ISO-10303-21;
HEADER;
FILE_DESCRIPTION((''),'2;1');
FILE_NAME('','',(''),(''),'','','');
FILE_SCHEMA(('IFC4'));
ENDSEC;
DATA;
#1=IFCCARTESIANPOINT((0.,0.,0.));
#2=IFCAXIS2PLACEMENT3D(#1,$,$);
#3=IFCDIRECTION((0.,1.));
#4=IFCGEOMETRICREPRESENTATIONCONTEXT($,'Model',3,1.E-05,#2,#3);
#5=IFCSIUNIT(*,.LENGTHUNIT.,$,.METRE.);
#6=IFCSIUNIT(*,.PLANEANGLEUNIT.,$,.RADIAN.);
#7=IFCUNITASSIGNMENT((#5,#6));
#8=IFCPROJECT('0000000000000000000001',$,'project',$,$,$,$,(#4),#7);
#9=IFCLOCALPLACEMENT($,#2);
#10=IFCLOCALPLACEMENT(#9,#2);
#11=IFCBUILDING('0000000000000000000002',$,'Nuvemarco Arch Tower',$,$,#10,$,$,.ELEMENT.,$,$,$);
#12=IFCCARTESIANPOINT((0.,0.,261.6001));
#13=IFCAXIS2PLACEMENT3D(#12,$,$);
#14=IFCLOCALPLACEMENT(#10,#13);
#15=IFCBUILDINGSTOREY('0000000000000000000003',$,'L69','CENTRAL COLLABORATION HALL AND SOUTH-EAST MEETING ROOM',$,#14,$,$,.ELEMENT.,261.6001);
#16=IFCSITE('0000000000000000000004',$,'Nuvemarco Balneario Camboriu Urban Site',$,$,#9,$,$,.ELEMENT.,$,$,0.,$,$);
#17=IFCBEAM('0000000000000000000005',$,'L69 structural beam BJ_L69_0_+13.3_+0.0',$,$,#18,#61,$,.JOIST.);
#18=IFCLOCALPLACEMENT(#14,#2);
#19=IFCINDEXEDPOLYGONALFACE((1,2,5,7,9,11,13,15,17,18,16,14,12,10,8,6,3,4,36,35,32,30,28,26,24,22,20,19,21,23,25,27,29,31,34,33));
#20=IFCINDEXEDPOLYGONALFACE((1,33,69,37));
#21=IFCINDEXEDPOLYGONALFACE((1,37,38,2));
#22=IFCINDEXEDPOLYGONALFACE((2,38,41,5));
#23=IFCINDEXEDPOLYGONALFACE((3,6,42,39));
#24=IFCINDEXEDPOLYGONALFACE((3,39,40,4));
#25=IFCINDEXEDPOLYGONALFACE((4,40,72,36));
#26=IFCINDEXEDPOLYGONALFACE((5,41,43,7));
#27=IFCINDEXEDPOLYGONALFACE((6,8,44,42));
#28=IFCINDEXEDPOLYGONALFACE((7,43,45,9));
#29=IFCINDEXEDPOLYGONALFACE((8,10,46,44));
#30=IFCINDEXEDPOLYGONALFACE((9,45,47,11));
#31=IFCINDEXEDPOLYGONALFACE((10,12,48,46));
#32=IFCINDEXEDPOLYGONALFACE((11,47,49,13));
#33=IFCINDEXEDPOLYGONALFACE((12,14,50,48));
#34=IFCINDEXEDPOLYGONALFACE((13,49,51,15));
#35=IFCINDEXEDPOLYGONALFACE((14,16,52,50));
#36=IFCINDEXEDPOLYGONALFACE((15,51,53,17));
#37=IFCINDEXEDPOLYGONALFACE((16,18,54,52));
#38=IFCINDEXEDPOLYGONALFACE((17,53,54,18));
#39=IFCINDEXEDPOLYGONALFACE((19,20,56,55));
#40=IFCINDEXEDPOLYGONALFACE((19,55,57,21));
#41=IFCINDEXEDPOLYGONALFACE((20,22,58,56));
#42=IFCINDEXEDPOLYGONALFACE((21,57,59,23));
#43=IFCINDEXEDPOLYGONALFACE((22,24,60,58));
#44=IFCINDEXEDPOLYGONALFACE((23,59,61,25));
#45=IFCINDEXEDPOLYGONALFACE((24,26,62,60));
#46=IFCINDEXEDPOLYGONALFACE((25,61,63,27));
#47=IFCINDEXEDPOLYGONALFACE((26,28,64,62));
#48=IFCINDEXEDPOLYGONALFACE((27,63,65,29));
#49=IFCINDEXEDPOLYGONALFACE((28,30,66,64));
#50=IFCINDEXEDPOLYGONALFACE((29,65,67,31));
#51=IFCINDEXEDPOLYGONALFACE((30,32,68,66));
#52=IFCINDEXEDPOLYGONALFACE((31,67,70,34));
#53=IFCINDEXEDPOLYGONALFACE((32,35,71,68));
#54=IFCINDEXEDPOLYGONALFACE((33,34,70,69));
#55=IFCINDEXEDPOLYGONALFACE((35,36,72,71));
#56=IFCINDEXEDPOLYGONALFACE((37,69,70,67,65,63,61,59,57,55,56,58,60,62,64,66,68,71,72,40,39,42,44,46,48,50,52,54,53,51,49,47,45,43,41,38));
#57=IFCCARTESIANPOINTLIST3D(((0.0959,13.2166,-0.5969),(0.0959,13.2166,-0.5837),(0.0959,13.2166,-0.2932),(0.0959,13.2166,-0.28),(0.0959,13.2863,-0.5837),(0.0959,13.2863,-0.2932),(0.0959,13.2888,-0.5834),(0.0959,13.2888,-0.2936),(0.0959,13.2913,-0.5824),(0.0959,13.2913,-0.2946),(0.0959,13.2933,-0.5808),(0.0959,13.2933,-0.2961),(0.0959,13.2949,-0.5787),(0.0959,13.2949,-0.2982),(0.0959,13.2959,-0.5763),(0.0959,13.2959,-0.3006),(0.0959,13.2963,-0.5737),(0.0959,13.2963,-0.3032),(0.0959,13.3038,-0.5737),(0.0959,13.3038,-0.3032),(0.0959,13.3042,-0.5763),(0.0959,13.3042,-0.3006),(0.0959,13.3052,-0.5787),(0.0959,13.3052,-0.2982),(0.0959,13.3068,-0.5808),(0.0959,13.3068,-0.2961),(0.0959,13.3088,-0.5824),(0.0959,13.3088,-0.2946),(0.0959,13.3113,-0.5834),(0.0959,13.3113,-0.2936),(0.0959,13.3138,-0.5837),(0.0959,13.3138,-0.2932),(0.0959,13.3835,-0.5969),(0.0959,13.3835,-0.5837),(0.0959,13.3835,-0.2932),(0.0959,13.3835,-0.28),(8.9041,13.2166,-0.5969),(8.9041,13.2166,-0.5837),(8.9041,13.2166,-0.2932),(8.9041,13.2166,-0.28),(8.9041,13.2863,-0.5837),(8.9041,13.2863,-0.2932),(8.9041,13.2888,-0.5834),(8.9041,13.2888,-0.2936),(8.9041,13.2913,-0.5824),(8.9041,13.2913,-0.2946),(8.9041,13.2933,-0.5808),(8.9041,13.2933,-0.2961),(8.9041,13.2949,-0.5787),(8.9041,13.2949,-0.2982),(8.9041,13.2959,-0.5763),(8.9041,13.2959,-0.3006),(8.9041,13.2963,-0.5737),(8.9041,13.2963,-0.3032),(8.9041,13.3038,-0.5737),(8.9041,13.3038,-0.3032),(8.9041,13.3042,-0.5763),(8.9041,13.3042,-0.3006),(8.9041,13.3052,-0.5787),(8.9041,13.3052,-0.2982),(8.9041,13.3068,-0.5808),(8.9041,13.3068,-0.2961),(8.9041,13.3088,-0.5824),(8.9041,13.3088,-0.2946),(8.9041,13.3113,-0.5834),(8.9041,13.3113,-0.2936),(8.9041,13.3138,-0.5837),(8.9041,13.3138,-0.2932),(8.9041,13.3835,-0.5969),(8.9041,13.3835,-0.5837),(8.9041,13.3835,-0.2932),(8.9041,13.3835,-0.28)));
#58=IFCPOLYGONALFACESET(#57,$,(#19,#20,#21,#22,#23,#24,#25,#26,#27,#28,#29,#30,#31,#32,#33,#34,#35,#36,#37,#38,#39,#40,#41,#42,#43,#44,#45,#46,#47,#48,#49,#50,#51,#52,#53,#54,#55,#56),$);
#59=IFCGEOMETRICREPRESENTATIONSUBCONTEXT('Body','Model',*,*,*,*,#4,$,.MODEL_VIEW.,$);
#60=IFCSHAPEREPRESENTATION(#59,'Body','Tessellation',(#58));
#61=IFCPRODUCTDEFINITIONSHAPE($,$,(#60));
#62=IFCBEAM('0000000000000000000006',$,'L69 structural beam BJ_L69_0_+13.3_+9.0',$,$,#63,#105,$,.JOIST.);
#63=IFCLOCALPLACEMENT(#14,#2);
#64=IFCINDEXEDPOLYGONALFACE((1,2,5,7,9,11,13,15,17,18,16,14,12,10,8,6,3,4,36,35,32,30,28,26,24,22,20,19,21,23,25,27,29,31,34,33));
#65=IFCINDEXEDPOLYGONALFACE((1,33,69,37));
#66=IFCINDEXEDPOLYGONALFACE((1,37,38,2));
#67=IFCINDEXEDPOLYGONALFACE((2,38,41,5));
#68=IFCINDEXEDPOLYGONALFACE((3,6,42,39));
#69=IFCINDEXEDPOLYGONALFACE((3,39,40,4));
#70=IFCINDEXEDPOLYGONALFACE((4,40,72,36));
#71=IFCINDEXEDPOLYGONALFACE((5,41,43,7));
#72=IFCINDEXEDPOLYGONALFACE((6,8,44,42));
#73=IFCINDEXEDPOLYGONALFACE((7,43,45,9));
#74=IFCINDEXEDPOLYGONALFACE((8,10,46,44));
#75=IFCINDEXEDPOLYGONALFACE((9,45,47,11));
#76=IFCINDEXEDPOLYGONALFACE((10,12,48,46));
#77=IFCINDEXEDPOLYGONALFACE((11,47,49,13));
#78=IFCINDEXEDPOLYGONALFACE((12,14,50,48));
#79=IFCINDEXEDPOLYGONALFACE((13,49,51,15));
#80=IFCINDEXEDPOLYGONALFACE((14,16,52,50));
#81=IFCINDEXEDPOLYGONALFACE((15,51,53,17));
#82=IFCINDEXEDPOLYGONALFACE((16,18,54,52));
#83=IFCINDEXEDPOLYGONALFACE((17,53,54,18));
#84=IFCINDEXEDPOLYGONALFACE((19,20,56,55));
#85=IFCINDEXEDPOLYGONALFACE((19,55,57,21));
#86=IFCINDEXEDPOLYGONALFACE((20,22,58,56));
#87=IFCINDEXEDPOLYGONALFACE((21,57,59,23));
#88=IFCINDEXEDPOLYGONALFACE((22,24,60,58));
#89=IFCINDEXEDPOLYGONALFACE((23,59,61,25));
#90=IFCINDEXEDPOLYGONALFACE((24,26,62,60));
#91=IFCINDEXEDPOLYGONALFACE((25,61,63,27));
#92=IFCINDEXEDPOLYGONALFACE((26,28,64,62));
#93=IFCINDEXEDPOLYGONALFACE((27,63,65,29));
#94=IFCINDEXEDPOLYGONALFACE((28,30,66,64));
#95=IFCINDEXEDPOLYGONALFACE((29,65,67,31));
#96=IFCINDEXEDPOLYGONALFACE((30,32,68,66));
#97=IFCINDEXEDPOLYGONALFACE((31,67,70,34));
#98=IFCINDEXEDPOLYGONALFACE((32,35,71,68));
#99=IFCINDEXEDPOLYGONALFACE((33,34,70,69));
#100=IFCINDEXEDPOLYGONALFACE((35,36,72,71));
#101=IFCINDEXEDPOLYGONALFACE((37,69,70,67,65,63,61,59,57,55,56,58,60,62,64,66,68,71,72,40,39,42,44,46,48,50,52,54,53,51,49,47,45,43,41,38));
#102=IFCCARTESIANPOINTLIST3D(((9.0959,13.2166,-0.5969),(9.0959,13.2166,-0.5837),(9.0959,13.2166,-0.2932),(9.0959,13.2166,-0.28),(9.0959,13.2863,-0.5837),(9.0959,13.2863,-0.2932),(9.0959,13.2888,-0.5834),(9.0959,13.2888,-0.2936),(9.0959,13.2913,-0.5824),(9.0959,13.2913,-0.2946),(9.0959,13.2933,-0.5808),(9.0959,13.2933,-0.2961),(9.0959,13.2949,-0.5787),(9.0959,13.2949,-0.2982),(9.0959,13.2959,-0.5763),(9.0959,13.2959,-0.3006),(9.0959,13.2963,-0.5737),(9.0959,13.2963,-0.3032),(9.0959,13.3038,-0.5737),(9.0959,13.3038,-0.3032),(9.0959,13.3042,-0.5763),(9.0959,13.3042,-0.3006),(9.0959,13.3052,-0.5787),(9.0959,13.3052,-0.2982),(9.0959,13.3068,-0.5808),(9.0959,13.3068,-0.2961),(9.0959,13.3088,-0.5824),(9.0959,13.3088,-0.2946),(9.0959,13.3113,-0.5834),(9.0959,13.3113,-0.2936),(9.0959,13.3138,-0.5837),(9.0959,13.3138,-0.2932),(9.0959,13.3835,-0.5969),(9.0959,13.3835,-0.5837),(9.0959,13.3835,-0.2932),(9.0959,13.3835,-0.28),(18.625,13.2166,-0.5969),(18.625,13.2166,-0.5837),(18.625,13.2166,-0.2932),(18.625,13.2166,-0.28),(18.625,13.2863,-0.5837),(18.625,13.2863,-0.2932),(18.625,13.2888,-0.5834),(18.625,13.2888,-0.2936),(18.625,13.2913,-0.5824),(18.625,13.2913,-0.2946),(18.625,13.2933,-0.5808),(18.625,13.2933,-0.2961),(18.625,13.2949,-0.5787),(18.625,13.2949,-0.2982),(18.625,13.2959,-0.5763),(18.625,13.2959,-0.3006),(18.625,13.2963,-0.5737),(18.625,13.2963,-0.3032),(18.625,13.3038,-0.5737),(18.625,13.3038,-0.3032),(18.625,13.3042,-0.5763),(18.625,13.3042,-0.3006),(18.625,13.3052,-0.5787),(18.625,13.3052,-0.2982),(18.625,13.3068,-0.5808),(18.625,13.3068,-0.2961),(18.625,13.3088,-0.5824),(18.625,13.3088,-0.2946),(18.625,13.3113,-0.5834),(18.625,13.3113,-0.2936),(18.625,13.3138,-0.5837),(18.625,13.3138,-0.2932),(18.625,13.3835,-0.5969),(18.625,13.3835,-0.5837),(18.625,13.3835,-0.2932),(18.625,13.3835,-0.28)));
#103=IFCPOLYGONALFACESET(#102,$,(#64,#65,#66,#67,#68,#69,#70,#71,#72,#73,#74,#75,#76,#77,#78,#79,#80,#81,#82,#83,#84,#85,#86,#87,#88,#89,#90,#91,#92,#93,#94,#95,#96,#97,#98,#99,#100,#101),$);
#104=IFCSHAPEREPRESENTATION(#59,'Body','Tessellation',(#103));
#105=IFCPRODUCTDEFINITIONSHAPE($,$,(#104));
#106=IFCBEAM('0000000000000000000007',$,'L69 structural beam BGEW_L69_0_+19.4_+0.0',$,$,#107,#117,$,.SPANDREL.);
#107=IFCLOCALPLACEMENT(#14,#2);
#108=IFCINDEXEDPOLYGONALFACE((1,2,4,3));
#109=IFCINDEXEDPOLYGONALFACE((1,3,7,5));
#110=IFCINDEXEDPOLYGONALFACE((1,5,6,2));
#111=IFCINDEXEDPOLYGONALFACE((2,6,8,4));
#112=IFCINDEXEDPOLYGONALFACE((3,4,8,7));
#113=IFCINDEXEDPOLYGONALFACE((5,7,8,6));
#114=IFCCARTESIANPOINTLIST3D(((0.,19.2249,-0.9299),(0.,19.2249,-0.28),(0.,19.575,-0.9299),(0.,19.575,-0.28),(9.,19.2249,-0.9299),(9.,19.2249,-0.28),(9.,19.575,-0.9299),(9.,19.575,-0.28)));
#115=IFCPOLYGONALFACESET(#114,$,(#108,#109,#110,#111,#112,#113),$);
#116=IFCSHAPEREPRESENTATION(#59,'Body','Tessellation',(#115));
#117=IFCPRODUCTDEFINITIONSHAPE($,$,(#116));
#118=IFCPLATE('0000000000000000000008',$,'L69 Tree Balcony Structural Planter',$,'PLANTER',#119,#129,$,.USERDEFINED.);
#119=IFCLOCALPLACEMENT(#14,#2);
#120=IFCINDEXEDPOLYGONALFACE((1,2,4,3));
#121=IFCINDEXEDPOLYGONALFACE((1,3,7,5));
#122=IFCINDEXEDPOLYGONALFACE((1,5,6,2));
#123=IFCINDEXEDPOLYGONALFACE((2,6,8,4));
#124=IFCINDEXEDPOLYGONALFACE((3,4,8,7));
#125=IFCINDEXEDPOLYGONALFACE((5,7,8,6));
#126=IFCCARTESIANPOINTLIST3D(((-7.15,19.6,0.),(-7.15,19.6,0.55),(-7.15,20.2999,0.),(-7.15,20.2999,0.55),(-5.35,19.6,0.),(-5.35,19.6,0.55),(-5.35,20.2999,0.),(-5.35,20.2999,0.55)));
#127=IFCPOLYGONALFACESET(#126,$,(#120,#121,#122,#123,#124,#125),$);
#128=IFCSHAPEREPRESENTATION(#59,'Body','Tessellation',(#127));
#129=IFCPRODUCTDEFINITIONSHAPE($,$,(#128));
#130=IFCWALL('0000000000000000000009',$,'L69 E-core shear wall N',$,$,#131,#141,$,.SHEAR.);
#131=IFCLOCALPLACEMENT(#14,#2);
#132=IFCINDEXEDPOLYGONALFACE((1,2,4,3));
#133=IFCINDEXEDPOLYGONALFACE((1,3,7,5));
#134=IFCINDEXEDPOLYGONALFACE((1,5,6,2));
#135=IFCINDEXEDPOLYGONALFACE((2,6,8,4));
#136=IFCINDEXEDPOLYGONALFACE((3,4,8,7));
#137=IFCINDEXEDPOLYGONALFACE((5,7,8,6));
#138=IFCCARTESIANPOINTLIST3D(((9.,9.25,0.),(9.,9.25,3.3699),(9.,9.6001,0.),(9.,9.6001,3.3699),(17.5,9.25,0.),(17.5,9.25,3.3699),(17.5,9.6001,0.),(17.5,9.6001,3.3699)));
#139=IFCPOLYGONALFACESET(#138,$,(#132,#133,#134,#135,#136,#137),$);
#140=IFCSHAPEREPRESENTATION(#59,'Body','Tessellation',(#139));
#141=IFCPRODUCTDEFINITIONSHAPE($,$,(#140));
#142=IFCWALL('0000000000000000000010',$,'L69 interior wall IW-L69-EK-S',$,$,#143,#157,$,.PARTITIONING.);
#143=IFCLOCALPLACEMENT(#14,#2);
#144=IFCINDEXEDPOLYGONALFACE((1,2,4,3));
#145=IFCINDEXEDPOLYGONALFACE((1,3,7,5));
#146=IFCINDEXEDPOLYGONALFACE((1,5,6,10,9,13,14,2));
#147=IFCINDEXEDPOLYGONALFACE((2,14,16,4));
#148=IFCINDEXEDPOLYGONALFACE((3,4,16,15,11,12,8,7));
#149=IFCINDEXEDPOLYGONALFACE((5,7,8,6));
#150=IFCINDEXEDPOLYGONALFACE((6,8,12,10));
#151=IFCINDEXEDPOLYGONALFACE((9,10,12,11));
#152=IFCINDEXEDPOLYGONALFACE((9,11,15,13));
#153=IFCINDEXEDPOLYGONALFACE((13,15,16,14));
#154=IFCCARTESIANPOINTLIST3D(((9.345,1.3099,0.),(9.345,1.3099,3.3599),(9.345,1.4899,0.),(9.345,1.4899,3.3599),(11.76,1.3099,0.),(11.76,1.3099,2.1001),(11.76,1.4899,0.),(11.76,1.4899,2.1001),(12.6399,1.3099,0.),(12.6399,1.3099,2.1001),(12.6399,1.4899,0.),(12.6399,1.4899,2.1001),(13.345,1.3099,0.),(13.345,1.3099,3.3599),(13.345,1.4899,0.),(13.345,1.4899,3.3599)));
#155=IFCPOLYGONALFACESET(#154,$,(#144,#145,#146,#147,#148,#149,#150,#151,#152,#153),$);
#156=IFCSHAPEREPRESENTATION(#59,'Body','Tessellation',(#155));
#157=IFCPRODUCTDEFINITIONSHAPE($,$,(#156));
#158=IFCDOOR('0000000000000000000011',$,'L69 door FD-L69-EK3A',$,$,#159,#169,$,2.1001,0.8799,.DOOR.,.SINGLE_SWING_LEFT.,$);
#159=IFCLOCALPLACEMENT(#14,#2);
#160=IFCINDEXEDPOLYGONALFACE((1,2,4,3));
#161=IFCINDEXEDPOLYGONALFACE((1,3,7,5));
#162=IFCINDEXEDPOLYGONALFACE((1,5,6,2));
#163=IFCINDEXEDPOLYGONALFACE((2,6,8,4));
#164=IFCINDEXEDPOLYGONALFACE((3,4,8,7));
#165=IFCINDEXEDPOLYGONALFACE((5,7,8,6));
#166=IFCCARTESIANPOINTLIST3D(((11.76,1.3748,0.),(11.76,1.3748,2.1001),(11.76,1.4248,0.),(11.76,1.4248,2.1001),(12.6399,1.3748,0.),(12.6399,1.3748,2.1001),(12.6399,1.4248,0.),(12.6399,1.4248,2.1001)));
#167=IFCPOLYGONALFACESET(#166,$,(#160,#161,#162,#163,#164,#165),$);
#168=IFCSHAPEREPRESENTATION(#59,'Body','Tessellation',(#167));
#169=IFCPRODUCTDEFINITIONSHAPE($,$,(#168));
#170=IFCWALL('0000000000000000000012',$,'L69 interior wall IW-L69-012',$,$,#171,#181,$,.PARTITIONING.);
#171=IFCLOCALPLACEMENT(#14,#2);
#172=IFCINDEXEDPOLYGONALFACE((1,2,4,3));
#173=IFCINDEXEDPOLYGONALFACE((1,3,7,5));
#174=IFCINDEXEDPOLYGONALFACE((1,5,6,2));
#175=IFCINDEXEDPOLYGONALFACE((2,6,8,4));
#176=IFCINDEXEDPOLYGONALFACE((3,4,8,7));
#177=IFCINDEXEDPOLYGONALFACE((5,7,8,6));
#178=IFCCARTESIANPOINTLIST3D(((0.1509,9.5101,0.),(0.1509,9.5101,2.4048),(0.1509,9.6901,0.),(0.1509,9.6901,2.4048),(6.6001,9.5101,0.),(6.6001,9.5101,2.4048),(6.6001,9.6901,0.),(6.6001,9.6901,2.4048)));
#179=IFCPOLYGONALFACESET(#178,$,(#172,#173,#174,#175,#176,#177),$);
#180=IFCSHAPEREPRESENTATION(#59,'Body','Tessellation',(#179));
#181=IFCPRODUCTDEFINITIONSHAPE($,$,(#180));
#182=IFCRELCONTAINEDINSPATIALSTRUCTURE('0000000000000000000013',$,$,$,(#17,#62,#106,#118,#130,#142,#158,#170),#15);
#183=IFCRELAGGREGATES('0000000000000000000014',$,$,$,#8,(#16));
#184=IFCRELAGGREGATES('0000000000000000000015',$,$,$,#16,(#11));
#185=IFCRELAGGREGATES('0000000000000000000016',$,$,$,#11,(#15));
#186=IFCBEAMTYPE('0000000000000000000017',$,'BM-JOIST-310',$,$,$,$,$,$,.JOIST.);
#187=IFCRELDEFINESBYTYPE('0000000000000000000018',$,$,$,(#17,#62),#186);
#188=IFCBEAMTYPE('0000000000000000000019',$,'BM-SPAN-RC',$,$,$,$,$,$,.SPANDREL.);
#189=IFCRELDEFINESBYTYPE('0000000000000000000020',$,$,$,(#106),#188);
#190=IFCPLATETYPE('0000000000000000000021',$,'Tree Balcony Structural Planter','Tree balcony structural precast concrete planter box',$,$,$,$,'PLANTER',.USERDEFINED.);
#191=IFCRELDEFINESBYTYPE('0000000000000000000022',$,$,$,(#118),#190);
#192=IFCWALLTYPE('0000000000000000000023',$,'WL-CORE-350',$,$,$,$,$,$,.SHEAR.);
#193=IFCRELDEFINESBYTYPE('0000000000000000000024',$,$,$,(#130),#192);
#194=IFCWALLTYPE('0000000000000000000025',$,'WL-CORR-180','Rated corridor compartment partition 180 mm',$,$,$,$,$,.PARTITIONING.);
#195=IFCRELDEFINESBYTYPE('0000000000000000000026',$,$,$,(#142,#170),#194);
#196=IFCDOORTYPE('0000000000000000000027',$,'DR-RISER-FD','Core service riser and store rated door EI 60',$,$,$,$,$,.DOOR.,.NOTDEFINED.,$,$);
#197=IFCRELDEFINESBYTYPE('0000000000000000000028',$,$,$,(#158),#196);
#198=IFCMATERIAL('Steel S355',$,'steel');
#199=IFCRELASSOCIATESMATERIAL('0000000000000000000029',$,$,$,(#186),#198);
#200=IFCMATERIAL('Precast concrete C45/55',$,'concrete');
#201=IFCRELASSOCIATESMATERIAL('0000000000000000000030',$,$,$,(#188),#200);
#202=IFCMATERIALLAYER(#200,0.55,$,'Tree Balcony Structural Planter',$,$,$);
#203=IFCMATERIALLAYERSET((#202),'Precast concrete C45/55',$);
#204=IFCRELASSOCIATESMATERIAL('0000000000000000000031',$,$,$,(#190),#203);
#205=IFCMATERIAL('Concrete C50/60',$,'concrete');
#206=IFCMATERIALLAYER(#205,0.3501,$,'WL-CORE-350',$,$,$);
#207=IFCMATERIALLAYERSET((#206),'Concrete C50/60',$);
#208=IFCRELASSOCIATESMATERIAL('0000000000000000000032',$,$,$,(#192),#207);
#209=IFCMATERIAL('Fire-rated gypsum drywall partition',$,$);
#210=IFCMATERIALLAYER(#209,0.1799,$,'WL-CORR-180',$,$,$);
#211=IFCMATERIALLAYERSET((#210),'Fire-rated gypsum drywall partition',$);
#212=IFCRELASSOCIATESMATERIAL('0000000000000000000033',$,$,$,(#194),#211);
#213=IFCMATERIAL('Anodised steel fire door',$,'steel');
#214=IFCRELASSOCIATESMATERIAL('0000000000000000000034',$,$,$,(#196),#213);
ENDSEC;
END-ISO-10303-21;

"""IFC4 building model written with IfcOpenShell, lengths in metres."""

from ifc_helpers import new_model, si_unit, direction, frame, frame_2d, origin, origin_2d, place, context, subcontext, project, spatial, rectangle, i_section, extrude, source, transform, mapped, material, layer, layer_set, material_profile, profile_set, type_object, type_shapes, element, fill, save


model = new_model("IFC4")

# Units and contexts
model_context = context("Model", 3, precision=1e-05, world=origin(), true_north=direction((0.0, 1.0)))
body_context = subcontext(model_context, "Body", "Model", "MODEL_VIEW")
ifc_project = project(units=[si_unit("LENGTHUNIT", "METRE"), si_unit("PLANEANGLEUNIT", "RADIAN")], contexts=[model_context])

# Site, building, storey
site_placement = place(None, origin())
site = spatial("IfcSite", under=ifc_project, at=site_placement, Name="Nuvemarco Balneario Camboriu Urban Site", CompositionType="ELEMENT", RefElevation=0.0)
building_placement = place(site_placement, origin())
building = spatial("IfcBuilding", under=site, at=building_placement, Name="Nuvemarco Arch Tower", CompositionType="ELEMENT")
storey_placement = place(building_placement, frame((0.0, 0.0, 261.6001)))
storey = spatial("IfcBuildingStorey", under=building, at=storey_placement, Name="L69", Description="CENTRAL COLLABORATION HALL AND SOUTH-EAST MEETING ROOM", CompositionType="ELEMENT", Elevation=261.6001)

# Shared definitions
ifc_material_1 = material(Name="Concrete C50/60", Category="concrete")
ifc_material_2 = material(Name="Steel S355", Category="steel")

# Beams
ifc_material_profile_1 = material_profile(ifc_material_2, i_section(OverallWidth=0.167, OverallDepth=0.3169, WebThickness=0.0076, FlangeThickness=0.0132, FilletRadius=0.01, at=origin_2d()), Name="W310x52")
ifc_profile_set_1 = profile_set([ifc_material_profile_1], Name="Steel S355")
beam_type_1 = type_object("IfcBeamType", Name="BM-JOIST-310", PredefinedType="JOIST", material=ifc_profile_set_1)
beam_1_placement = place(storey_placement, frame((0.0959, 13.3, -0.4385), z_axis=(1.0, 0.0, 0.0), x_axis=(0.0, 1.0, 0.0)))
element("IfcBeam", 1, at=beam_1_placement, inside=storey, type_object=beam_type_1, Name="L69 structural beam BJ_L69_0_+13.3_+0.0", PredefinedType="JOIST", context=body_context, shape_type="SweptSolid", body=[
    extrude(i_section(OverallWidth=0.167, OverallDepth=0.3169, WebThickness=0.0076, FlangeThickness=0.0132, FilletRadius=0.01, at=origin_2d()), origin(), (0.0, 0.0, 1.0), 8.8081),
])
beam_2_placement = place(storey_placement, frame((9.0959, 13.3, -0.4385), z_axis=(1.0, 0.0, 0.0), x_axis=(0.0, 1.0, 0.0)))
element("IfcBeam", 2, at=beam_2_placement, inside=storey, type_object=beam_type_1, Name="L69 structural beam BJ_L69_0_+13.3_+9.0", PredefinedType="JOIST", context=body_context, shape_type="SweptSolid", body=[
    extrude(i_section(OverallWidth=0.167, OverallDepth=0.3169, WebThickness=0.0076, FlangeThickness=0.0132, FilletRadius=0.01, at=origin_2d()), origin(), (0.0, 0.0, 1.0), 9.5291),
])
ifc_material_3 = material(Name="Precast concrete C45/55", Category="concrete")
ifc_material_profile_2 = material_profile(ifc_material_3, rectangle(XDim=0.3501, YDim=0.6499, at=origin_2d()), Name="PC-SP-350x650")
ifc_profile_set_2 = profile_set([ifc_material_profile_2], Name="Precast concrete C45/55")
beam_type_2 = type_object("IfcBeamType", Name="BM-SPAN-RC", PredefinedType="SPANDREL", material=ifc_profile_set_2)
beam_3_placement = place(storey_placement, frame((0.0, 19.3999, -0.605), z_axis=(1.0, 0.0, 0.0), x_axis=(0.0, 1.0, 0.0)))
element("IfcBeam", 3, at=beam_3_placement, inside=storey, type_object=beam_type_2, Name="L69 structural beam BGEW_L69_0_+19.4_+0.0", PredefinedType="SPANDREL", context=body_context, shape_type="SweptSolid", body=[
    extrude(rectangle(XDim=0.3501, YDim=0.6499, at=origin_2d()), origin(), (0.0, 0.0, 1.0), 9.0),
])

# Plate
ifc_layer_1 = layer(ifc_material_3, 0.55, Name="Tree Balcony Structural Planter")
ifc_layer_set_1 = layer_set([ifc_layer_1], Name="Precast concrete C45/55")
plate_type = type_object("IfcPlateType", Name="Tree Balcony Structural Planter", Description="Tree balcony structural precast concrete planter box", ElementType="PLANTER", PredefinedType="USERDEFINED", material=ifc_layer_set_1)
shared_shape_1 = source(origin(), body_context, "Body", "SweptSolid", [
    extrude(rectangle(XDim=1.8, YDim=0.7, at=origin_2d()), origin(), (0.0, 0.0, 1.0), 0.55),
])
type_shapes(plate_type, [shared_shape_1])
plate_placement = place(storey_placement, frame((-6.25, 19.95, 0.0), z_axis=(0.0, 0.0, 1.0), x_axis=(1.0, 0.0, 0.0)))
element("IfcPlate", 4, at=plate_placement, inside=storey, type_object=plate_type, Name="L69 Tree Balcony Structural Planter", ObjectType="PLANTER", PredefinedType="USERDEFINED", context=body_context, shape_type="MappedRepresentation", body=[
    mapped(shared_shape_1, transform((0.0, 0.0, 0.0), scale=1.0)),
])

# Wall
ifc_layer_2 = layer(ifc_material_1, 0.3501, Name="WL-CORE-350")
ifc_layer_set_2 = layer_set([ifc_layer_2], Name="Concrete C50/60")
wall_type_1 = type_object("IfcWallType", Name="WL-CORE-350", PredefinedType="SHEAR", material=ifc_layer_set_2)
wall_1_placement = place(storey_placement, frame((9.0, 9.425, 0.0), z_axis=(0.0, 0.0, 1.0), x_axis=(1.0, 0.0, 0.0)))
element("IfcWall", 5, at=wall_1_placement, inside=storey, type_object=wall_type_1, Name="L69 E-core shear wall N", PredefinedType="SHEAR", context=body_context, shape_type="SweptSolid", body=[
    extrude(rectangle(XDim=8.5, YDim=0.3501, at=frame_2d((4.25, 0.0))), origin(), (0.0, 0.0, 1.0), 3.3699),
])

# Wall, opening, door
ifc_material_4 = material(Name="Fire-rated gypsum drywall partition")
ifc_layer_3 = layer(ifc_material_4, 0.1799, Name="WL-CORR-180")
ifc_layer_set_3 = layer_set([ifc_layer_3], Name="Fire-rated gypsum drywall partition")
wall_type_2 = type_object("IfcWallType", Name="WL-CORR-180", Description="Rated corridor compartment partition 180 mm", PredefinedType="PARTITIONING", material=ifc_layer_set_3)
wall_2_placement = place(storey_placement, frame((9.345, 1.3999, 0.0), z_axis=(0.0, 0.0, 1.0), x_axis=(1.0, 0.0, 0.0)))
wall_2 = element("IfcWall", 6, at=wall_2_placement, inside=storey, type_object=wall_type_2, Name="L69 interior wall IW-L69-EK-S", PredefinedType="PARTITIONING", context=body_context, shape_type="SweptSolid", body=[
    extrude(rectangle(XDim=4.0, YDim=0.1799, at=frame_2d((2.0, 0.0))), origin(), (0.0, 0.0, 1.0), 3.3599),
])
opening_placement = place(wall_2_placement, frame((2.415, 0.0, 0.0)))
opening = element("IfcOpeningElement", 7, at=opening_placement, cuts=wall_2, PredefinedType="OPENING", context=body_context, shape_type="SweptSolid", body=[
    extrude(rectangle(XDim=0.8799, YDim=2.1001, at=frame_2d((0.4399, 1.05))), frame((0.0, 0.0999, 0.0), z_axis=(0.0, -1.0, 0.0), x_axis=(1.0, 0.0, 0.0)), (0.0, 0.0, 1.0), 0.2),
])
ifc_material_5 = material(Name="Anodised steel fire door", Category="steel")
door_type = type_object("IfcDoorType", Name="DR-RISER-FD", Description="Core service riser and store rated door EI 60", OperationType="NOTDEFINED", PredefinedType="DOOR", material=ifc_material_5)
shared_shape_2 = source(origin(), body_context, "Body", "SweptSolid", [
    extrude(rectangle(XDim=0.8799, YDim=2.1001, at=frame_2d((0.4399, 1.05))), frame((0.0, 0.0249, 0.0), z_axis=(0.0, -1.0, 0.0), x_axis=(1.0, 0.0, 0.0)), (0.0, 0.0, 1.0), 0.05),
])
type_shapes(door_type, [shared_shape_2])
door_placement = place(opening_placement, origin())
door = element("IfcDoor", 8, at=door_placement, inside=storey, type_object=door_type, Name="L69 door FD-L69-EK3A", OperationType="SINGLE_SWING_LEFT", OverallHeight=2.1001, OverallWidth=0.8799, PredefinedType="DOOR", context=body_context, shape_type="MappedRepresentation", body=[
    mapped(shared_shape_2, transform((0.0, 0.0, 0.0), scale=1.0)),
])
fill(opening, door)

# Wall
wall_3_placement = place(storey_placement, frame((0.1509, 9.6001, 0.0), z_axis=(0.0, 0.0, 1.0), x_axis=(1.0, 0.0, 0.0)))
element("IfcWall", 9, at=wall_3_placement, inside=storey, type_object=wall_type_2, Name="L69 interior wall IW-L69-012", PredefinedType="PARTITIONING", context=body_context, shape_type="SweptSolid", body=[
    extrude(rectangle(XDim=6.4492, YDim=0.1799, at=frame_2d((3.2246, 0.0))), origin(), (0.0, 0.0, 1.0), 2.4048),
])

save(model, "model.ifc")
